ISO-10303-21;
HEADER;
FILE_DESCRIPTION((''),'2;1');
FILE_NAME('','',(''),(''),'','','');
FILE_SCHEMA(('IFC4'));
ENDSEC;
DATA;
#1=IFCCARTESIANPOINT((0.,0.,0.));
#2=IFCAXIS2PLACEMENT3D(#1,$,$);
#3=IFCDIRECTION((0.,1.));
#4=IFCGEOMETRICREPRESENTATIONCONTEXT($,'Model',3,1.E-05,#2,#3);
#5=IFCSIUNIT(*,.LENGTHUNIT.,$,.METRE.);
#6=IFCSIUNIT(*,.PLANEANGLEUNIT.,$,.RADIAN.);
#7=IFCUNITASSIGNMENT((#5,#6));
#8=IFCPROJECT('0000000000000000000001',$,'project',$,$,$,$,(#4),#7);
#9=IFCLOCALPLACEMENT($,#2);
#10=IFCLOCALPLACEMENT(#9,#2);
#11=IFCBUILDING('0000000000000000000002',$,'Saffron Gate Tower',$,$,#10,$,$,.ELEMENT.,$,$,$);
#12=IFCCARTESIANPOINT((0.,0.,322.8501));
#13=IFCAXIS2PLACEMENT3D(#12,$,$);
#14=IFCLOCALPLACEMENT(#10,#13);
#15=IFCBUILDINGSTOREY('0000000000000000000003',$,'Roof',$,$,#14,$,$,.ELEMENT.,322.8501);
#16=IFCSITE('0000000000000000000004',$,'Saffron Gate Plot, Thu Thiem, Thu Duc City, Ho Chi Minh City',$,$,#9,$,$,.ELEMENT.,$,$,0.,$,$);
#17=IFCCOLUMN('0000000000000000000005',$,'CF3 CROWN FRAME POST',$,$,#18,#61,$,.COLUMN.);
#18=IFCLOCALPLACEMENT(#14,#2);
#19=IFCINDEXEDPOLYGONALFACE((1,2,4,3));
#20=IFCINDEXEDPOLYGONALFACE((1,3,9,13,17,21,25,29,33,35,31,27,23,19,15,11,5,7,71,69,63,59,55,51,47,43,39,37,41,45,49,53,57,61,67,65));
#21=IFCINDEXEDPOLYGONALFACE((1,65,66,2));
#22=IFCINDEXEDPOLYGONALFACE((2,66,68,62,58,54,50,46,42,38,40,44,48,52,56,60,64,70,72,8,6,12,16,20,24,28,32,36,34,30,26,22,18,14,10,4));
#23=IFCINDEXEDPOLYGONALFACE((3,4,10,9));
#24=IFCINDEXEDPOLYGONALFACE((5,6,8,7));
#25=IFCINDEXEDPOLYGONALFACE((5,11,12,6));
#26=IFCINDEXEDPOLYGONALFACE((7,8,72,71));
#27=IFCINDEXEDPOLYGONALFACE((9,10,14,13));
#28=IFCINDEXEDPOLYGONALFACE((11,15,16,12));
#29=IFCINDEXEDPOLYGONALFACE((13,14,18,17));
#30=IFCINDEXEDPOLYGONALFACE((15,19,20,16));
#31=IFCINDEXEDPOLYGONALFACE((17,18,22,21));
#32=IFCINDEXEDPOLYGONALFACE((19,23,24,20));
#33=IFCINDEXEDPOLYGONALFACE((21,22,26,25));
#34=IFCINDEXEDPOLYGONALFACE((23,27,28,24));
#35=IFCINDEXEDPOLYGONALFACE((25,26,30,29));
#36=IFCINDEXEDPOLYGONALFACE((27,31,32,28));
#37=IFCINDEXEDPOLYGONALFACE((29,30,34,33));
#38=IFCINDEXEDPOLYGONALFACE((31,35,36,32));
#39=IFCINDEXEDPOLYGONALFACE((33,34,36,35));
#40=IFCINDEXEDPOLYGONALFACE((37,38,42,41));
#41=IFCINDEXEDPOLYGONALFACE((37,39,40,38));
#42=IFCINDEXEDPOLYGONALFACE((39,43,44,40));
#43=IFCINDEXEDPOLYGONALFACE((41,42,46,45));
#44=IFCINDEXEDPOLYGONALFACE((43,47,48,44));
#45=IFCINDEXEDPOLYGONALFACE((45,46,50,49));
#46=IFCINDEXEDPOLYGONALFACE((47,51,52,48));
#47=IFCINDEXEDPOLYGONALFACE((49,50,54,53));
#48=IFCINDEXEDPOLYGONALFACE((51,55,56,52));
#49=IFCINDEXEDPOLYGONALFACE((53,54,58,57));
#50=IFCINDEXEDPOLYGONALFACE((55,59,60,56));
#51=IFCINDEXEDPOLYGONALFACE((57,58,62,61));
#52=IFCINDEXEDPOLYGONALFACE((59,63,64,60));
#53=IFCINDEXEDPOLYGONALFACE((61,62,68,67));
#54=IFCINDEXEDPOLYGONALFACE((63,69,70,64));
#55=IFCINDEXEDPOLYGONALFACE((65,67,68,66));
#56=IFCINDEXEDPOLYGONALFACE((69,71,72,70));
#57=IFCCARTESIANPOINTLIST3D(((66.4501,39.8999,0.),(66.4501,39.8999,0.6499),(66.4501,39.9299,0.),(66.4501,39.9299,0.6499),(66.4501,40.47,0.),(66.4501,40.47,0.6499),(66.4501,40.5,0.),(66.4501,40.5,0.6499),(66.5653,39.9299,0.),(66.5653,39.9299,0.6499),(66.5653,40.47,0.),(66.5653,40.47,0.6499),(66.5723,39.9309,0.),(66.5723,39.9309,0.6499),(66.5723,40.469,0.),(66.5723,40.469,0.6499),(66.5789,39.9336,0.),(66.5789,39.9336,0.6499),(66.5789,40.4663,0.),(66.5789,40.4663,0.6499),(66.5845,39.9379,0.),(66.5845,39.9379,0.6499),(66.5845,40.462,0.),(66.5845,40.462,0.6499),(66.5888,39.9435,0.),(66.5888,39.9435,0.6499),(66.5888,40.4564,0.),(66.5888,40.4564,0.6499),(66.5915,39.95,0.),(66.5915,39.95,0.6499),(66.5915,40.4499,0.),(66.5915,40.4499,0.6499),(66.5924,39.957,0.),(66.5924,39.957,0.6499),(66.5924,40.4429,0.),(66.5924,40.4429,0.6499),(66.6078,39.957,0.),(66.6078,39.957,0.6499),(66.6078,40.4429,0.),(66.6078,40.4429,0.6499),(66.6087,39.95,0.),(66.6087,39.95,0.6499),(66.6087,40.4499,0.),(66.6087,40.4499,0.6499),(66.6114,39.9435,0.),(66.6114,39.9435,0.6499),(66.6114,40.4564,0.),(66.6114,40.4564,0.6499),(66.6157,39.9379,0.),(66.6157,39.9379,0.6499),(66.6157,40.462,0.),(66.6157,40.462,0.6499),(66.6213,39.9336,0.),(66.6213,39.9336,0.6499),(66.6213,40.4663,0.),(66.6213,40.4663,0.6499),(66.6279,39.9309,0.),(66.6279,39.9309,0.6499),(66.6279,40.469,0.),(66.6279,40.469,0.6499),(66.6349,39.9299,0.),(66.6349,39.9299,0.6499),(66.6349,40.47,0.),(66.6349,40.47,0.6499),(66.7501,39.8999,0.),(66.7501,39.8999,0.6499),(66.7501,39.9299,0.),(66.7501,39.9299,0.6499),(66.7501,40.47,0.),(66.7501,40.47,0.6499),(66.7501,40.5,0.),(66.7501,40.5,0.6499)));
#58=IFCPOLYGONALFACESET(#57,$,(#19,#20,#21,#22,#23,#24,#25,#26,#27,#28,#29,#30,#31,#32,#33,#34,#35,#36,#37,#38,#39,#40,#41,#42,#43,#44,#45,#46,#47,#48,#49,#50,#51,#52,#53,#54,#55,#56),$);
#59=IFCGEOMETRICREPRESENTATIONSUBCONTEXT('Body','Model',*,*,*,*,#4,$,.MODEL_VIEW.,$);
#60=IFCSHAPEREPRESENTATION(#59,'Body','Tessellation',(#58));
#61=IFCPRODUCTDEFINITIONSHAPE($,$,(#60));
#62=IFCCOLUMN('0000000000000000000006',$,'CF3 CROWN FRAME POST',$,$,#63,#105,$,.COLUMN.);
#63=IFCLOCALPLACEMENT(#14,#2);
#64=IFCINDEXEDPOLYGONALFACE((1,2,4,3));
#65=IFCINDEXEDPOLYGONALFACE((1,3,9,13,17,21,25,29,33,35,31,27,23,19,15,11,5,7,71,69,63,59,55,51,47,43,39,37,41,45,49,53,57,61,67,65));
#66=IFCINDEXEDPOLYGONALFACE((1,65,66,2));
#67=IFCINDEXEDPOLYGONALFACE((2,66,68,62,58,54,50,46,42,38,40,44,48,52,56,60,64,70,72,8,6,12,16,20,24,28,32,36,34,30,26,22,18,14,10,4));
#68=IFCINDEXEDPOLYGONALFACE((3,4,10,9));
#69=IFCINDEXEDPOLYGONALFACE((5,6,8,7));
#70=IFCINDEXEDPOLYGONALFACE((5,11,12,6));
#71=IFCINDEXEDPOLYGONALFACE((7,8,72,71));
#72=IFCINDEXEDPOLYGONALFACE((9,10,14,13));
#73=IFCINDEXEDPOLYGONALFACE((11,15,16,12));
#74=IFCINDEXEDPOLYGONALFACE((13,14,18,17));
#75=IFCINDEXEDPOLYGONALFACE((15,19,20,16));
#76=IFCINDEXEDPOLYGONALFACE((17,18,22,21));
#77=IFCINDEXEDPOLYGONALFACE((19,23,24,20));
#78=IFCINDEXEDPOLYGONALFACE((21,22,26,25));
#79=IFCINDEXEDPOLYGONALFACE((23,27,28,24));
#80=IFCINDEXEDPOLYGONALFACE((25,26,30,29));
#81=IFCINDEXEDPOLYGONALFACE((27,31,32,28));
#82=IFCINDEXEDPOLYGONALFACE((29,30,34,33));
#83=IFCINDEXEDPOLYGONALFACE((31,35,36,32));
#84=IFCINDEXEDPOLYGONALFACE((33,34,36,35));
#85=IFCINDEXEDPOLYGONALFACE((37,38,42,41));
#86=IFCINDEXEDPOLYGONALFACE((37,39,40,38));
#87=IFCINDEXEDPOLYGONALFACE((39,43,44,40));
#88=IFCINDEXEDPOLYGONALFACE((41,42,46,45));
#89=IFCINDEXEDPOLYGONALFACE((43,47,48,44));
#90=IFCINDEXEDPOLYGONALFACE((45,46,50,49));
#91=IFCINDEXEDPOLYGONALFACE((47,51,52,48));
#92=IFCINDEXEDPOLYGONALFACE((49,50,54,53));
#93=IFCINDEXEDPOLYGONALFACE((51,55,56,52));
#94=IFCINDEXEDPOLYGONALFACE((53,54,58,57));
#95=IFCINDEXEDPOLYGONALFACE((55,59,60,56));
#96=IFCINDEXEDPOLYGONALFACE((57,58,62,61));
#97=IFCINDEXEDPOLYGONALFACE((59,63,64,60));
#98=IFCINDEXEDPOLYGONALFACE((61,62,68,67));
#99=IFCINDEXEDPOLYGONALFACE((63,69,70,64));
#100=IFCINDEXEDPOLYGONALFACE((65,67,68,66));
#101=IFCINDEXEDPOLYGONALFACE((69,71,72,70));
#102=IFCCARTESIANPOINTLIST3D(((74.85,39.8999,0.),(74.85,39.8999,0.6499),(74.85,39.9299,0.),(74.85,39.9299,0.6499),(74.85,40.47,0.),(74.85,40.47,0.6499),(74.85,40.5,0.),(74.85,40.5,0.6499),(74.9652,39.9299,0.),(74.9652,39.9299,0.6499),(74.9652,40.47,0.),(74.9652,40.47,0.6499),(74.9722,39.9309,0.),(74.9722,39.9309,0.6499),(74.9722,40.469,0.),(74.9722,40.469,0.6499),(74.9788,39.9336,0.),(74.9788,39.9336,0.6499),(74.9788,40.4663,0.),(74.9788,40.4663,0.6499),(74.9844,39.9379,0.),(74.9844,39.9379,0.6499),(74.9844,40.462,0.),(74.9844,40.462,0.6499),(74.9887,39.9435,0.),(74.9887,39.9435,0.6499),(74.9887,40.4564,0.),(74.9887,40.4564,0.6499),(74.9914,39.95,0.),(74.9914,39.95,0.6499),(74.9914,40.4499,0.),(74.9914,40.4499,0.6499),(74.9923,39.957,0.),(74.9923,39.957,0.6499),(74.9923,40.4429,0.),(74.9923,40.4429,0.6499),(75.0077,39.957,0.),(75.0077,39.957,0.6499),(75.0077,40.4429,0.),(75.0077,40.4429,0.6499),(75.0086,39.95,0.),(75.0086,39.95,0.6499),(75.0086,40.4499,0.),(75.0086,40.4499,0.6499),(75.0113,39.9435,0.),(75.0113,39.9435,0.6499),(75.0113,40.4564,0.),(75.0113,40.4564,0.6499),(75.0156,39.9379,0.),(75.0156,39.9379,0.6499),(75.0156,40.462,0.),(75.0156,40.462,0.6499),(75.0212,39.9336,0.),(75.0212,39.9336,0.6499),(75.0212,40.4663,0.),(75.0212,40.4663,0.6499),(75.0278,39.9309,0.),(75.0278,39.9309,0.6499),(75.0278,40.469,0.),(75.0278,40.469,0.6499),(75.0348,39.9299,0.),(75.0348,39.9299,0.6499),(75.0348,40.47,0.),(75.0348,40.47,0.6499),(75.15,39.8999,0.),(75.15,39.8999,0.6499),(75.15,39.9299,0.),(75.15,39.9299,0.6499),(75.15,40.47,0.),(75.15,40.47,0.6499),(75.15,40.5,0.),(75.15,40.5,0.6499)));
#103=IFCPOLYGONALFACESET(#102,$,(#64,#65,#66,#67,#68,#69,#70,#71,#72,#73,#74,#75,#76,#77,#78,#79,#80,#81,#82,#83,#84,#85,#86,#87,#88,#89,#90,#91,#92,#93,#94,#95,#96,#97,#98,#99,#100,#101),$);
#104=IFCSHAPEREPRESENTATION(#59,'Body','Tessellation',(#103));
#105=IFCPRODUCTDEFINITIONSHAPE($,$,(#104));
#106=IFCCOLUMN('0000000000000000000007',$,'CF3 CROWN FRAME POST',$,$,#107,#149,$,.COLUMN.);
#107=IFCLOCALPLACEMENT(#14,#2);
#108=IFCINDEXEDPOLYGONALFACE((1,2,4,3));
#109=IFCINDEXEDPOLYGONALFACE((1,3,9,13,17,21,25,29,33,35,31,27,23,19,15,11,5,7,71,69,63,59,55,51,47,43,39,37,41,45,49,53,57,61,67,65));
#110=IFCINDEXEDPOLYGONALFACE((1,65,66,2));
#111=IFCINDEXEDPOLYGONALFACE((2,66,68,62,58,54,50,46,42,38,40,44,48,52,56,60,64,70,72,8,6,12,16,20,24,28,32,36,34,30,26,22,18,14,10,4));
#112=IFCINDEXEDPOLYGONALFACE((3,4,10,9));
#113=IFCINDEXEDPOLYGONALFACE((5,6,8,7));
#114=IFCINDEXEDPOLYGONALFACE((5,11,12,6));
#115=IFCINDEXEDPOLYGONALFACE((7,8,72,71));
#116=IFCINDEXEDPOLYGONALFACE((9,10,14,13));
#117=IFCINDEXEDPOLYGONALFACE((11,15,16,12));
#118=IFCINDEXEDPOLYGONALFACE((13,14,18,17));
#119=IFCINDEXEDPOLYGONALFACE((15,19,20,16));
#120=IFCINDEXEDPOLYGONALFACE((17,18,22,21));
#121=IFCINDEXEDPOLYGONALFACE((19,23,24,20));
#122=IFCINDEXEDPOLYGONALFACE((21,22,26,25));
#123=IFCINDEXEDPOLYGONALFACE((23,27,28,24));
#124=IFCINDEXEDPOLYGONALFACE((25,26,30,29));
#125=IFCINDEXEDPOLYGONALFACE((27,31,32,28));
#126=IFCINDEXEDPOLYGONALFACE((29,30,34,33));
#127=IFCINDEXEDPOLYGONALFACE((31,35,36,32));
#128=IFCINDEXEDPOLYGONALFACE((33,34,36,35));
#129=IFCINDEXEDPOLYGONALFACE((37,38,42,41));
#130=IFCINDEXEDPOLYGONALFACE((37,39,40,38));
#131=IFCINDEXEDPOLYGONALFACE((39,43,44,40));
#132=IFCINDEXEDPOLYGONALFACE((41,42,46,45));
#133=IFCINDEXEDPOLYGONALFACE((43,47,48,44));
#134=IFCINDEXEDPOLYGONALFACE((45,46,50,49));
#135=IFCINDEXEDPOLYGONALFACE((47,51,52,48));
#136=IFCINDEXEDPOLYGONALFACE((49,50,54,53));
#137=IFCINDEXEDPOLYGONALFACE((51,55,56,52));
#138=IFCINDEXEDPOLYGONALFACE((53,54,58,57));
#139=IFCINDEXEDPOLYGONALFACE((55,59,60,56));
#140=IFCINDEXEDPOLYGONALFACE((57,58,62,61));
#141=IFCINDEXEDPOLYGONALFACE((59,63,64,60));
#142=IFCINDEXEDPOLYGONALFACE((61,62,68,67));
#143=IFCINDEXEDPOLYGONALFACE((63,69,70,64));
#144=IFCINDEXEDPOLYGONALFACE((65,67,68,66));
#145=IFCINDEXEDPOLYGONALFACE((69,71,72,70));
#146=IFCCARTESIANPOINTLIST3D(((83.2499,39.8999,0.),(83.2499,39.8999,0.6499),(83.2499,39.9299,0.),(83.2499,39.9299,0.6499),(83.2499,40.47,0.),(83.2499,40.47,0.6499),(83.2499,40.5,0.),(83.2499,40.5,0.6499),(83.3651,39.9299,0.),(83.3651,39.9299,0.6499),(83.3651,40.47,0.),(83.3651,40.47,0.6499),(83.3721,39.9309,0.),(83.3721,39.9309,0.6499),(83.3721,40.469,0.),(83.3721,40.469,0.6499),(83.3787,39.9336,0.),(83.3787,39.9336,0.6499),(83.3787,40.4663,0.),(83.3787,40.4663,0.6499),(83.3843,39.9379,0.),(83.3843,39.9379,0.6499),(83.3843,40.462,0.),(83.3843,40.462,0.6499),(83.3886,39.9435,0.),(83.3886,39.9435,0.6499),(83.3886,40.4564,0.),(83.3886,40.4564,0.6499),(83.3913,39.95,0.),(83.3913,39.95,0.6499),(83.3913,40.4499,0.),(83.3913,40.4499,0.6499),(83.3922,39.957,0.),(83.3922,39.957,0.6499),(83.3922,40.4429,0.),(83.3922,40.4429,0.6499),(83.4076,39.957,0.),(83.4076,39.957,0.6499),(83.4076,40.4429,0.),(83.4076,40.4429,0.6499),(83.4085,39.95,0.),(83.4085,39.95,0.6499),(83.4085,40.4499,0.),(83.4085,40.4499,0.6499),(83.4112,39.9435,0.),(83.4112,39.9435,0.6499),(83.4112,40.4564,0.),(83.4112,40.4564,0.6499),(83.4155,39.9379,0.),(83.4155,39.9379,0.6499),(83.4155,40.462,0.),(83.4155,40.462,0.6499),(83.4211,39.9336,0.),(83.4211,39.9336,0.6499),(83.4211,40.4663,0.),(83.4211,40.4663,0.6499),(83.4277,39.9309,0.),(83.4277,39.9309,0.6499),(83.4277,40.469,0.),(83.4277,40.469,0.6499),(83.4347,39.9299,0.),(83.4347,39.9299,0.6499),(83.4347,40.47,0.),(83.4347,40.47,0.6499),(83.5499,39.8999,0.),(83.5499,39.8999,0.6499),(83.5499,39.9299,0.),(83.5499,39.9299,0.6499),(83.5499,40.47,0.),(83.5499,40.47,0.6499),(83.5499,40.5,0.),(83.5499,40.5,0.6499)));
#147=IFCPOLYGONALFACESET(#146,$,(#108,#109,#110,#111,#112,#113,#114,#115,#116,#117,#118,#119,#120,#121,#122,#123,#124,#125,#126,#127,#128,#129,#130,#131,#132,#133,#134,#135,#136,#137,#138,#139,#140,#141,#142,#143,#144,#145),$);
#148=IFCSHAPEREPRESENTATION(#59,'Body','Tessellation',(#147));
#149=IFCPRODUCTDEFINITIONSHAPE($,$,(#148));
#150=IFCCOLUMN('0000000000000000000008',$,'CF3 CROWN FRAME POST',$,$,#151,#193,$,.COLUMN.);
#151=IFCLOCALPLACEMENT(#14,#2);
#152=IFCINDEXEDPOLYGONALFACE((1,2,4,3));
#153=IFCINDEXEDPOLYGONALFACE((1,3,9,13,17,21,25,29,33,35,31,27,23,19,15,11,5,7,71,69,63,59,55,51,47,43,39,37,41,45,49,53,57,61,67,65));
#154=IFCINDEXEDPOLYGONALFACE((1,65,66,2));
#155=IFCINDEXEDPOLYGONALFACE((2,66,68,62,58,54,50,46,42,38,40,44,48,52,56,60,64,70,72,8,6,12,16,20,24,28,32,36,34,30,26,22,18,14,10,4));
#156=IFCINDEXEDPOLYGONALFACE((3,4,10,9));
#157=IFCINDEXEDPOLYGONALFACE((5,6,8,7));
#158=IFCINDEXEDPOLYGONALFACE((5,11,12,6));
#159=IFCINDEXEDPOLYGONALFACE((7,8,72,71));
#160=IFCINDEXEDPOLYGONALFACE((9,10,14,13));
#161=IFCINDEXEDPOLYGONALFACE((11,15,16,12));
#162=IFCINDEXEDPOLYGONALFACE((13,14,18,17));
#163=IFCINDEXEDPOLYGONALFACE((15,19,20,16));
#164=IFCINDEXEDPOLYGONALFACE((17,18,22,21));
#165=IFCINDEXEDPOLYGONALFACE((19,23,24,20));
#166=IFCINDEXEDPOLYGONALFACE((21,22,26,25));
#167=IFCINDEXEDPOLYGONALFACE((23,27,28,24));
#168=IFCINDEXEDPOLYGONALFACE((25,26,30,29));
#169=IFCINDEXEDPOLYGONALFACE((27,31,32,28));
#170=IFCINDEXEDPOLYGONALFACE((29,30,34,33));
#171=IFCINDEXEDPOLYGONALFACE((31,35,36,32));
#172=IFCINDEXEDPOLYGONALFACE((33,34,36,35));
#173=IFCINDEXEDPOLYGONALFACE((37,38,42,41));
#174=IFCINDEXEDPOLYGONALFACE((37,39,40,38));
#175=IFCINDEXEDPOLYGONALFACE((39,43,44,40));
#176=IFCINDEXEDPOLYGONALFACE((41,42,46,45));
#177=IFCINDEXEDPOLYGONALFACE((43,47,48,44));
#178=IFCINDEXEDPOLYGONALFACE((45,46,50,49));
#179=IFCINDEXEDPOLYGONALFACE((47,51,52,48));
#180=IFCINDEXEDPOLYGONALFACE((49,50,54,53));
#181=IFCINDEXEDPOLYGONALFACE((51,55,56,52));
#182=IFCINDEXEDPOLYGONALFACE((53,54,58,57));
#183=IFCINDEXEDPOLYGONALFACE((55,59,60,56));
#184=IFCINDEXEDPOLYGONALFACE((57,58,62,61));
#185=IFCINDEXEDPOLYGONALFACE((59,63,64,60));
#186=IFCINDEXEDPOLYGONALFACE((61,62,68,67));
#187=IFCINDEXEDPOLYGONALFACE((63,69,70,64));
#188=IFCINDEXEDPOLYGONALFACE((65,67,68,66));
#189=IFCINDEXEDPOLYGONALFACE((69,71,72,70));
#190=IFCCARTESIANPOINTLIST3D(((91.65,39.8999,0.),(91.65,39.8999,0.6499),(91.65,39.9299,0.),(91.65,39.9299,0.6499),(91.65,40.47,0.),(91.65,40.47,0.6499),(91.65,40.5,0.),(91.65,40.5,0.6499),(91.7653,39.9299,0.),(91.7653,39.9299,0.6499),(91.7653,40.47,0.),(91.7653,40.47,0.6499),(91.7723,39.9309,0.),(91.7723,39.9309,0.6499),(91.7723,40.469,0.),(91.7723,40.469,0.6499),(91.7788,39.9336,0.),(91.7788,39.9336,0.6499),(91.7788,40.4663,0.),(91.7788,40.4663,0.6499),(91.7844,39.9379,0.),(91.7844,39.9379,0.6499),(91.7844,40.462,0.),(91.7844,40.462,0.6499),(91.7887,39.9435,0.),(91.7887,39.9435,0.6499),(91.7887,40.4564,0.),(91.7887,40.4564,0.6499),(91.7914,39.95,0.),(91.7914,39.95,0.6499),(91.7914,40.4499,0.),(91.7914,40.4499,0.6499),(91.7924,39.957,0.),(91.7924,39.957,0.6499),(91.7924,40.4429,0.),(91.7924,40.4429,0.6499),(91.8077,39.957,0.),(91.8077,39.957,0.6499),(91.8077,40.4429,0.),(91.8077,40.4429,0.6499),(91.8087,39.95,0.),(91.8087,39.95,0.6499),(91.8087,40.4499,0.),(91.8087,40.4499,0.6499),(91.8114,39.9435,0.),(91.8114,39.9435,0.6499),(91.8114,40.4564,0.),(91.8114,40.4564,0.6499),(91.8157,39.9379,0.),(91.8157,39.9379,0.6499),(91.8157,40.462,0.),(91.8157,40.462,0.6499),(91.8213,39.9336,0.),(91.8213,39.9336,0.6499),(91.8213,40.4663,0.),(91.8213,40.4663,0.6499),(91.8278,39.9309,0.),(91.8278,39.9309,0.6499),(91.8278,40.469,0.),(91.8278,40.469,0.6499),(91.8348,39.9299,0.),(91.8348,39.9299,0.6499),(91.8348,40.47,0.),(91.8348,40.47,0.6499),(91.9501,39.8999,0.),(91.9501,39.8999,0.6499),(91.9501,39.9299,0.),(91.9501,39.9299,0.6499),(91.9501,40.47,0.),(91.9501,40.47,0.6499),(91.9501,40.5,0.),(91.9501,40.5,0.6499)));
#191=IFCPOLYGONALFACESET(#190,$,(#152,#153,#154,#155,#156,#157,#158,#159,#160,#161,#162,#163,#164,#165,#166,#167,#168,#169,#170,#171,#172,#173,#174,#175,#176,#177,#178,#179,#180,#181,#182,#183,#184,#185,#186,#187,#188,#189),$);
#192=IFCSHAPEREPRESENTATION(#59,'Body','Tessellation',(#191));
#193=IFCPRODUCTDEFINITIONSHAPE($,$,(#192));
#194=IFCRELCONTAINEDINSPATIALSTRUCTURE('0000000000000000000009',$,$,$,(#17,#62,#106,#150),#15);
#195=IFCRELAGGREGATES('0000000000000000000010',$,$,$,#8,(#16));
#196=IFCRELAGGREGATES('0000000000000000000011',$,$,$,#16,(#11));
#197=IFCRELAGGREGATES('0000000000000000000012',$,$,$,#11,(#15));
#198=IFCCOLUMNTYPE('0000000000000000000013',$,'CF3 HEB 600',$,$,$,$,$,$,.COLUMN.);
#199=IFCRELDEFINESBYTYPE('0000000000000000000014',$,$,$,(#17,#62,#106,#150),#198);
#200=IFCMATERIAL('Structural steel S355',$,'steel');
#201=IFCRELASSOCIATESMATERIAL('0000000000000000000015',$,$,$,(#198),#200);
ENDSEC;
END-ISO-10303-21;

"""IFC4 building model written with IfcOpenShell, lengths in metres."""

from ifc_helpers import new_model, si_unit, direction, frame, origin, origin_2d, place, context, subcontext, project, spatial, i_section, extrude, material, material_profile, profile_set, type_object, element, save


model = new_model("IFC4")

# Units and contexts
model_context = context("Model", 3, precision=1e-05, world=origin(), true_north=direction((0.0, 1.0)))
body_context = subcontext(model_context, "Body", "Model", "MODEL_VIEW")
ifc_project = project(units=[si_unit("LENGTHUNIT", "METRE"), si_unit("PLANEANGLEUNIT", "RADIAN")], contexts=[model_context])

# Site, building, storey
site_placement = place(None, origin())
site = spatial("IfcSite", under=ifc_project, at=site_placement, Name="Saffron Gate Plot, Thu Thiem, Thu Duc City, Ho Chi Minh City", CompositionType="ELEMENT", RefElevation=0.0)
building_placement = place(site_placement, origin())
building = spatial("IfcBuilding", under=site, at=building_placement, Name="Saffron Gate Tower", CompositionType="ELEMENT")
storey_placement = place(building_placement, frame((0.0, 0.0, 322.8501)))
storey = spatial("IfcBuildingStorey", under=building, at=storey_placement, Name="Roof", CompositionType="ELEMENT", Elevation=322.8501)

# Columns
ifc_material_1 = material(Name="Structural steel S355", Category="steel")
ifc_material_profile = material_profile(ifc_material_1, i_section(OverallWidth=0.3, OverallDepth=0.6001, WebThickness=0.0154, FlangeThickness=0.03, FilletRadius=0.0271, at=origin_2d()))
ifc_profile_set = profile_set([ifc_material_profile], Name="Structural steel S355")
column_type = type_object("IfcColumnType", Name="CF3 HEB 600", PredefinedType="COLUMN", material=ifc_profile_set)
for number, where, z_axis, x_axis, name in (
    (1, (66.6001, 40.2, 0.0), (0.0, 0.0, 1.0), (1.0, 0.0, 0.0), "CF3 CROWN FRAME POST"),
    (2, (75.0, 40.2, 0.0), (0.0, 0.0, 1.0), (1.0, 0.0, 0.0), "CF3 CROWN FRAME POST"),
    (3, (83.3999, 40.2, 0.0), (0.0, 0.0, 1.0), (1.0, 0.0, 0.0), "CF3 CROWN FRAME POST"),
    (4, (91.8, 40.2, 0.0), (0.0, 0.0, 1.0), (1.0, 0.0, 0.0), "CF3 CROWN FRAME POST"),
):
    element("IfcColumn", number, at=place(storey_placement, frame(where, z_axis=z_axis, x_axis=x_axis)), inside=storey, type_object=column_type, Name=name, PredefinedType="COLUMN", context=body_context, shape_type="SweptSolid", body=[
        extrude(i_section(OverallWidth=0.3, OverallDepth=0.6001, WebThickness=0.0154, FlangeThickness=0.03, FilletRadius=0.0271, at=origin_2d()), origin(), (0.0, 0.0, 1.0), 0.6499),
    ])

save(model, "model.ifc")
